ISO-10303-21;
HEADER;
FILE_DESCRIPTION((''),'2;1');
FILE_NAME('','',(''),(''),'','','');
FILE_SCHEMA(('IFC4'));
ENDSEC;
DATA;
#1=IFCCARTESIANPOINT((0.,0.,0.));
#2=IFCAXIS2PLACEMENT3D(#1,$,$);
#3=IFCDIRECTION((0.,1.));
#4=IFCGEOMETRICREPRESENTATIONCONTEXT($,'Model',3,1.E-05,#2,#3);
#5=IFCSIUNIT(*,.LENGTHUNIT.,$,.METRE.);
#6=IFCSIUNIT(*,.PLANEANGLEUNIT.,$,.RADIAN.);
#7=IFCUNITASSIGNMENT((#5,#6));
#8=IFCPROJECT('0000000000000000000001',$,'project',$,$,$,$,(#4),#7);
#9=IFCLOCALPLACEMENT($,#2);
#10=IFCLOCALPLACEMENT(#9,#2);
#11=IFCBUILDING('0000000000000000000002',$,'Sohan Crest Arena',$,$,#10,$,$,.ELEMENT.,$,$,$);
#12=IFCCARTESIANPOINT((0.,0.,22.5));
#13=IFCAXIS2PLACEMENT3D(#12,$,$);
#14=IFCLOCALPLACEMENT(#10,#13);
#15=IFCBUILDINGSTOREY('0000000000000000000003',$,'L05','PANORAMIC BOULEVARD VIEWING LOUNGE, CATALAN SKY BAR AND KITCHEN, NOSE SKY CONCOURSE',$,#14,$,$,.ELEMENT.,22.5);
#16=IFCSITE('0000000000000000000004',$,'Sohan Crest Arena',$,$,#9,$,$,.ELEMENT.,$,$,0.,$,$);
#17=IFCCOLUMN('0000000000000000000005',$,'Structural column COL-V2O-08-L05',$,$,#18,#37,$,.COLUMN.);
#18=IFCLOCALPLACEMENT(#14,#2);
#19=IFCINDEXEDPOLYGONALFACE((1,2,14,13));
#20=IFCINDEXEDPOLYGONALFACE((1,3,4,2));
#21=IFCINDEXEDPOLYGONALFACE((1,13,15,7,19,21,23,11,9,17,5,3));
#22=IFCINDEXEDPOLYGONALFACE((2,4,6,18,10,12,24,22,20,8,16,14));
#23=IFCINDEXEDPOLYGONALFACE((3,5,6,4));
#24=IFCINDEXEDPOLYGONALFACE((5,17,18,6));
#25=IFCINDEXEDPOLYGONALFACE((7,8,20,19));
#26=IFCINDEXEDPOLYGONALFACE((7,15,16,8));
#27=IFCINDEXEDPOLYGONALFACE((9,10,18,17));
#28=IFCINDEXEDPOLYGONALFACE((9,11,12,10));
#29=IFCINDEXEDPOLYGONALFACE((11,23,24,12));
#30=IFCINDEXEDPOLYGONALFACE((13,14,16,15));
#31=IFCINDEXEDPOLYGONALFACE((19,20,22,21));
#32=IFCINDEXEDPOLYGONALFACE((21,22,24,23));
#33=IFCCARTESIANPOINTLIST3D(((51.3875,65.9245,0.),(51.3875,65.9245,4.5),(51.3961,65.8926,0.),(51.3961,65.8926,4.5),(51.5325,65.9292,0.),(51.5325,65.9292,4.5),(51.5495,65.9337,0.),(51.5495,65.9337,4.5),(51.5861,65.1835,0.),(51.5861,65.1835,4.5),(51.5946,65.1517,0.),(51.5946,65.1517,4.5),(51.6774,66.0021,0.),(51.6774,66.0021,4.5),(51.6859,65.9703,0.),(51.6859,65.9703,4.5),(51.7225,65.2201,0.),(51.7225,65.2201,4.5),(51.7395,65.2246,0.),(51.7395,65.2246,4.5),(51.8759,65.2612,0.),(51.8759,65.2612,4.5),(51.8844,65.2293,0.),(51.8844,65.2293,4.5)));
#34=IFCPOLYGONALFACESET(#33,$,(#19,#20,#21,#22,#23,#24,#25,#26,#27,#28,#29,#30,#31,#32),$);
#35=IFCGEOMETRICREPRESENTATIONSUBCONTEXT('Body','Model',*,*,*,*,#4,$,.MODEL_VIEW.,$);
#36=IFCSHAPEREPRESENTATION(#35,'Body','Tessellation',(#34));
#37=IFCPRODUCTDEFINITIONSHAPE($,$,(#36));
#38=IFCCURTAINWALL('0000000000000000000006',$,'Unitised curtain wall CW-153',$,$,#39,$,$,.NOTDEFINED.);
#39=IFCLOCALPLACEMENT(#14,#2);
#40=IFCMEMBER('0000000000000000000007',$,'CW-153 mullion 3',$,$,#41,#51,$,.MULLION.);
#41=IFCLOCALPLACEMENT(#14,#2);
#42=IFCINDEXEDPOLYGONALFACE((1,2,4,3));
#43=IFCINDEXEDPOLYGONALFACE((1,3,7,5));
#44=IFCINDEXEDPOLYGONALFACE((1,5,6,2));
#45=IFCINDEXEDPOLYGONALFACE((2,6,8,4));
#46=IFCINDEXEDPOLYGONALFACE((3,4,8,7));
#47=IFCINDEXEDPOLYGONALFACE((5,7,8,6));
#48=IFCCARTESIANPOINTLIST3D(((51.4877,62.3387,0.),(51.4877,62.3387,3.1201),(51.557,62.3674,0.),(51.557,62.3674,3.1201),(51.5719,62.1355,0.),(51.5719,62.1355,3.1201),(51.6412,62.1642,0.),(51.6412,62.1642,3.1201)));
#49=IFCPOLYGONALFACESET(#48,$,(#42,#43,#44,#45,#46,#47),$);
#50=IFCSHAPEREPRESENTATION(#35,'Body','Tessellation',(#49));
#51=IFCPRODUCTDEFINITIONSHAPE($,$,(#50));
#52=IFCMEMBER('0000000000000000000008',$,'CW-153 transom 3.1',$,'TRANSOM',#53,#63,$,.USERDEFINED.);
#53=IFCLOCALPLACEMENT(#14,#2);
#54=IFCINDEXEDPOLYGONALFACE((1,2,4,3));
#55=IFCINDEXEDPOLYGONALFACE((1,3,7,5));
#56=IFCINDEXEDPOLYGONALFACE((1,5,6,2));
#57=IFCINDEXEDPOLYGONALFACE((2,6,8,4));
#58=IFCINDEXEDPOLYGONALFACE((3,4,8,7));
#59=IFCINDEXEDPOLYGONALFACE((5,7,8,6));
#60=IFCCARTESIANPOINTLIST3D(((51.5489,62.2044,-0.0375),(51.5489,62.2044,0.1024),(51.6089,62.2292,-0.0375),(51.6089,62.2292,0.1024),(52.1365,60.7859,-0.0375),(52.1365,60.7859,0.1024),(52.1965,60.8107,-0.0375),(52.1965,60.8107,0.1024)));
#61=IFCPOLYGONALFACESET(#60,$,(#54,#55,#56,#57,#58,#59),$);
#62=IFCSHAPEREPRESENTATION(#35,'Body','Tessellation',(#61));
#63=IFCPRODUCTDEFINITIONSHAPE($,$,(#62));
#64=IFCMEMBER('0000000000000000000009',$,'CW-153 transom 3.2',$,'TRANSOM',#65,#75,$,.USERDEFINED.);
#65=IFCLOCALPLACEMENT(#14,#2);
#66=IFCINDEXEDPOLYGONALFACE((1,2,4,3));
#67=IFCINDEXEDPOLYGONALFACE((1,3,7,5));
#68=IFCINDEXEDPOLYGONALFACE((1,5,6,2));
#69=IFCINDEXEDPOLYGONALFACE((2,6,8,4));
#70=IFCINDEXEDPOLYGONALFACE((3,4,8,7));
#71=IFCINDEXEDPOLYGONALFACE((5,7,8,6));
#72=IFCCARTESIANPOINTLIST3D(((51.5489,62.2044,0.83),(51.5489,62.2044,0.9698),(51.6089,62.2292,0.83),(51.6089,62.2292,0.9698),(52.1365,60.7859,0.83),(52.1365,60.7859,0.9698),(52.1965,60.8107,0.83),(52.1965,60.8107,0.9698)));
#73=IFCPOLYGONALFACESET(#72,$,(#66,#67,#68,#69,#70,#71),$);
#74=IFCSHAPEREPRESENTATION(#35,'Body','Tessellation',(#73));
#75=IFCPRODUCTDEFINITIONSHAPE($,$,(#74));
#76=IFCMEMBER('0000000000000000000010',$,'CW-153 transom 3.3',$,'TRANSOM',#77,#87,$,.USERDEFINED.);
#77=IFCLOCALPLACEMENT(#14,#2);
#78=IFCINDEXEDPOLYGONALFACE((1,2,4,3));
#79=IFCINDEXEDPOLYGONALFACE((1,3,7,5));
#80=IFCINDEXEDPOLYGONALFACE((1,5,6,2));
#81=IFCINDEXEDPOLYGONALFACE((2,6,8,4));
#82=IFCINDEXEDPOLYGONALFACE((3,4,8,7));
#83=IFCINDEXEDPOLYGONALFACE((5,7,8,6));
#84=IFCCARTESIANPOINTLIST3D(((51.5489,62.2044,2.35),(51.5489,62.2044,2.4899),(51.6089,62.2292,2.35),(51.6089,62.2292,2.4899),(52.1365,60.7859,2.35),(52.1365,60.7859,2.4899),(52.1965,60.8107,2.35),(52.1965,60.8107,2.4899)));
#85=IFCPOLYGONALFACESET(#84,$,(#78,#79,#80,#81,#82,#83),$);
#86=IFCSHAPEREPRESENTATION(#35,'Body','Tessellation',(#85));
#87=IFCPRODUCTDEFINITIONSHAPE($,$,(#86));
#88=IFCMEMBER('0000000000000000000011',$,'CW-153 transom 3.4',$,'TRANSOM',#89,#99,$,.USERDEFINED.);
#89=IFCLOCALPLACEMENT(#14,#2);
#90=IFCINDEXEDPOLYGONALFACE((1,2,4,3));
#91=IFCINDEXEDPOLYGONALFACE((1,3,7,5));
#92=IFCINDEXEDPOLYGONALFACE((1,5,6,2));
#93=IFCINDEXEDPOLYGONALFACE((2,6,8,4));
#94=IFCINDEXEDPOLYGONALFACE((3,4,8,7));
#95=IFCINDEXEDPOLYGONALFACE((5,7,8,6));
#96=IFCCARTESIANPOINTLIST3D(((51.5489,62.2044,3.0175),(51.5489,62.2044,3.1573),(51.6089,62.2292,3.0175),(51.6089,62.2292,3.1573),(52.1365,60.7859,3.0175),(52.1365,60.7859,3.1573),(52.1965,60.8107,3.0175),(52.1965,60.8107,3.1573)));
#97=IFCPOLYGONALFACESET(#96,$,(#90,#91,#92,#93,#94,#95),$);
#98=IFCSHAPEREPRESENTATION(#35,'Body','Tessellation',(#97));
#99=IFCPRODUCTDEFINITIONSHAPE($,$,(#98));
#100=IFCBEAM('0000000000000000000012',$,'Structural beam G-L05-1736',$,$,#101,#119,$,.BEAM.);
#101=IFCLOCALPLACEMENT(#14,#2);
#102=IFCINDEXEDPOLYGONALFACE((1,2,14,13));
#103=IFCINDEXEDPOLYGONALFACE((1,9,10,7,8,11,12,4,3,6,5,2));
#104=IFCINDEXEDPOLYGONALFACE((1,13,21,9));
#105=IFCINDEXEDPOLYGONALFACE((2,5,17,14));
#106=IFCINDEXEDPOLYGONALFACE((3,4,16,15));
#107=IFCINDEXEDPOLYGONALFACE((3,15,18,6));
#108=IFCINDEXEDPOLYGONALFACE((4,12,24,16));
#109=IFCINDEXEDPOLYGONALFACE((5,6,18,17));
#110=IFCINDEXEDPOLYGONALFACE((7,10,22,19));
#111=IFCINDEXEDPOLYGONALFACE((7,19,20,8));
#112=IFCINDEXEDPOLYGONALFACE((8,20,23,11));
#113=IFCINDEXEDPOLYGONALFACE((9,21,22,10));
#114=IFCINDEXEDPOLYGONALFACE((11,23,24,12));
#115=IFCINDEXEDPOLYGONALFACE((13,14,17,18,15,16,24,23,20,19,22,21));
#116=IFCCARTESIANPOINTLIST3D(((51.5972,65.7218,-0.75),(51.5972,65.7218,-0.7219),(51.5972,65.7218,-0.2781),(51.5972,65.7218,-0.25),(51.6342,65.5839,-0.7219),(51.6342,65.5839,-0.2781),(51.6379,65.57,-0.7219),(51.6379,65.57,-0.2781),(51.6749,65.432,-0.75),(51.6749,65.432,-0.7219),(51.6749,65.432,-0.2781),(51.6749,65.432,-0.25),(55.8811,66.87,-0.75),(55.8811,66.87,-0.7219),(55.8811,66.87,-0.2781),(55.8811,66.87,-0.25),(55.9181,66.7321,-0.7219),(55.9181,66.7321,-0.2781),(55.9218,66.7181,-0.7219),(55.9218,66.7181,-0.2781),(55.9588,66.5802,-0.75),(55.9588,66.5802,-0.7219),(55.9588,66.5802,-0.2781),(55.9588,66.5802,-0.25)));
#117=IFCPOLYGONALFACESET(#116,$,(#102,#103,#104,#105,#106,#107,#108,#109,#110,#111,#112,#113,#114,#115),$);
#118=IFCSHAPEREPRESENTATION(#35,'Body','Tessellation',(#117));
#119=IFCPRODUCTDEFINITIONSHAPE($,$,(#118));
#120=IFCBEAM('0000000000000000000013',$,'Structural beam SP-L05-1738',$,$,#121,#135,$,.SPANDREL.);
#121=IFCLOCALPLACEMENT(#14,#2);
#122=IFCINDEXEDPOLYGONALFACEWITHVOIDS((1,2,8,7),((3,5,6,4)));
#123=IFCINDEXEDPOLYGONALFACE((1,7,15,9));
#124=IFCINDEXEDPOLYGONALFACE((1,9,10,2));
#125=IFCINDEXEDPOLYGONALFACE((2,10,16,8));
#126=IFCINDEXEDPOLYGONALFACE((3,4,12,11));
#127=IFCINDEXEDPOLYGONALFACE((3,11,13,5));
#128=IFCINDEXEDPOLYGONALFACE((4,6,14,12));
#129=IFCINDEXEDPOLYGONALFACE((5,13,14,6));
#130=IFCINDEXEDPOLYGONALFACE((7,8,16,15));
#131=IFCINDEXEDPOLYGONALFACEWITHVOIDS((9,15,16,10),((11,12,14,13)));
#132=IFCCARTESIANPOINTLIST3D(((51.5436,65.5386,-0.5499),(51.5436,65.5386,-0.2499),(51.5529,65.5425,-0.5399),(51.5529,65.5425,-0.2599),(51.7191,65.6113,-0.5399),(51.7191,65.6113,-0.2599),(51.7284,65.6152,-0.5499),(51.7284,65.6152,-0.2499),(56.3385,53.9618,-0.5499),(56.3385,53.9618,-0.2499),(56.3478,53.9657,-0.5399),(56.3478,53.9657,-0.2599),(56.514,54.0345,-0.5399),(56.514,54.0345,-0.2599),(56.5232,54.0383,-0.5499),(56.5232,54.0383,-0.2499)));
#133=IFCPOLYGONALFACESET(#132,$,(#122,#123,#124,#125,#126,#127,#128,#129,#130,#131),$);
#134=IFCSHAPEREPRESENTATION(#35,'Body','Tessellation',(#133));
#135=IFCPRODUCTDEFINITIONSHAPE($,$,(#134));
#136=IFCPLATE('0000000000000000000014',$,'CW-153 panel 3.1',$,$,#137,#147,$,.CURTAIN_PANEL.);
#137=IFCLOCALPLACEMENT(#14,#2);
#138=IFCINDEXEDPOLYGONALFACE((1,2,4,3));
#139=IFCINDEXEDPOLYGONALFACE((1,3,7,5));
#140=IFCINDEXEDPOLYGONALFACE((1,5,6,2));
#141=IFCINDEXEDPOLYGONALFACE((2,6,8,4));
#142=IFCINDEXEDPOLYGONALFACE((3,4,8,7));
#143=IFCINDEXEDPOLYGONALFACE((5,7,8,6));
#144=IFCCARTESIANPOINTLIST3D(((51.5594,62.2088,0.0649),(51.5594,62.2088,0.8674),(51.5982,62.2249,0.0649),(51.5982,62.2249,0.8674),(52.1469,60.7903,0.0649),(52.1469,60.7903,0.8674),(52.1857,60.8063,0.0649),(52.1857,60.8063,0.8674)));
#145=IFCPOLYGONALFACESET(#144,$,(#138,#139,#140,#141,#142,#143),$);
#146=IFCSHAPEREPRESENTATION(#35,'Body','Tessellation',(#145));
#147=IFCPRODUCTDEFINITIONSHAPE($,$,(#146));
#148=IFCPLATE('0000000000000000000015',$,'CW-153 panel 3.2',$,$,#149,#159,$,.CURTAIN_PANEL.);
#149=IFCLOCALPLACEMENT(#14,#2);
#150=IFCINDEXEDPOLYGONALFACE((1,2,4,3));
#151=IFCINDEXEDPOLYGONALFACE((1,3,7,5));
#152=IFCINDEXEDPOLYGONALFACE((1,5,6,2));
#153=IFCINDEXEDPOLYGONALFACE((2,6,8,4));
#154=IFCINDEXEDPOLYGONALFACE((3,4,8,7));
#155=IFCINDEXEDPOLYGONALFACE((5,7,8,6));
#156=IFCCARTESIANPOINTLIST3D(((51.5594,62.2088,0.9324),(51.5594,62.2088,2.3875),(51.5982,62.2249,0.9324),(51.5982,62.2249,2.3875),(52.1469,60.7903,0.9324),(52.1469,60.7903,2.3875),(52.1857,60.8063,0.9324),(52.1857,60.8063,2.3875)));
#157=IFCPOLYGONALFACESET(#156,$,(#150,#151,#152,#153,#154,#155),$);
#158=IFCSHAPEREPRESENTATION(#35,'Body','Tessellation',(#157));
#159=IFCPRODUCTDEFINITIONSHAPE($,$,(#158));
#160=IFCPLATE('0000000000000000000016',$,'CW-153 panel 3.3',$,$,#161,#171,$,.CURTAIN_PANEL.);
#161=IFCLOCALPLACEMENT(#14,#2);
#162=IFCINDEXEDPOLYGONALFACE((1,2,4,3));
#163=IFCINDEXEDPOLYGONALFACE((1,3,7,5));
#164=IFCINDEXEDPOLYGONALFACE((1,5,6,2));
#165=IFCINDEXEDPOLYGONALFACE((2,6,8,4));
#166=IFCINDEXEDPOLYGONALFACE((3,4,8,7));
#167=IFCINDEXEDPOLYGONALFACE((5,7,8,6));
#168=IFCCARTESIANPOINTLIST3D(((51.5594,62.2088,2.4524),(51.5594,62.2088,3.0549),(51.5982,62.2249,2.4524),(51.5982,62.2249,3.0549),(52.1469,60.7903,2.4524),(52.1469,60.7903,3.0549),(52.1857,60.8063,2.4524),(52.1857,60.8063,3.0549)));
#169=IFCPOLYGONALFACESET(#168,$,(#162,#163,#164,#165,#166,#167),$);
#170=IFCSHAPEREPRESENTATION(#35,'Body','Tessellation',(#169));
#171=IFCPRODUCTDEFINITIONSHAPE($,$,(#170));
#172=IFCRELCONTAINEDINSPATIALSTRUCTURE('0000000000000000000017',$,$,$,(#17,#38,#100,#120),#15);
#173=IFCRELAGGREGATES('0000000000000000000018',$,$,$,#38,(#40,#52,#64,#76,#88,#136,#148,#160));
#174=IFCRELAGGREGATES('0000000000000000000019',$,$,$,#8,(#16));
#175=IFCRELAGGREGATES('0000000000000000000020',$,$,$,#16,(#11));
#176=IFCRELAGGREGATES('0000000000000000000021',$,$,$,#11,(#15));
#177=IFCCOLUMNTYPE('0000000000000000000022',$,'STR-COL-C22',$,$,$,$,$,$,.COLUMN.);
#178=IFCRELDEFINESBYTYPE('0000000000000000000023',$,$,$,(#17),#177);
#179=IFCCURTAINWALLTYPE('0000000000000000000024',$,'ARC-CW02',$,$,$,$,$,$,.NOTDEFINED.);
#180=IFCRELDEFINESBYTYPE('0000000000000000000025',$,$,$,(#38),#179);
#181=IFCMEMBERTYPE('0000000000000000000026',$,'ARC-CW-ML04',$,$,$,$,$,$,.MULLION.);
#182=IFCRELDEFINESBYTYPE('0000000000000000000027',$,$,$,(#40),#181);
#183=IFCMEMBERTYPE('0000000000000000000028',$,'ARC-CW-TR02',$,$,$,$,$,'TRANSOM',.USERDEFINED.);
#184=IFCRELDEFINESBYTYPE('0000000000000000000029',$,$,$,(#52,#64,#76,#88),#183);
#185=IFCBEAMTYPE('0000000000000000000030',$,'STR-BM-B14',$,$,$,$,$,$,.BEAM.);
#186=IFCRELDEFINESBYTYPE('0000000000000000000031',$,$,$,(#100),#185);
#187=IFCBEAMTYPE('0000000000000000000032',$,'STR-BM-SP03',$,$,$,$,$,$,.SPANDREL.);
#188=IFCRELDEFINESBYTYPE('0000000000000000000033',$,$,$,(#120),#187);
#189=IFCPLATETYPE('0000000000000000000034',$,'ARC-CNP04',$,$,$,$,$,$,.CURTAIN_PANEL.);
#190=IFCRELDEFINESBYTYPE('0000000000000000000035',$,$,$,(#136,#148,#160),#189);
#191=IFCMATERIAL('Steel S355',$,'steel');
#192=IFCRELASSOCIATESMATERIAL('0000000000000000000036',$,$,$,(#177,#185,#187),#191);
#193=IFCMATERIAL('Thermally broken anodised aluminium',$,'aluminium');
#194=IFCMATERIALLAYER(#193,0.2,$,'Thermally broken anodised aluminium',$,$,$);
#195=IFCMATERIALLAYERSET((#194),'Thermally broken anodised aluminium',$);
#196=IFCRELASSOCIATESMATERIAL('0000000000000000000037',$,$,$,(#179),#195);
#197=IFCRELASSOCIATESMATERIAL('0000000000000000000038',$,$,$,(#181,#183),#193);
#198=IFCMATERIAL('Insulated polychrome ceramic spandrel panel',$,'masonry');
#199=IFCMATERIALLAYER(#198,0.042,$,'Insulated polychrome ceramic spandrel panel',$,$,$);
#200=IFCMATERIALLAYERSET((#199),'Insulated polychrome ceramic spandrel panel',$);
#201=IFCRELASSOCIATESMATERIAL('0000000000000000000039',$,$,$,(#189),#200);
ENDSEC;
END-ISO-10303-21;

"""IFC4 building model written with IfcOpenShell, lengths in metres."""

from ifc_helpers import new_model, si_unit, direction, frame, origin, origin_2d, place, context, subcontext, project, spatial, rectangle, hollow_rectangle, i_section, extrude, material, layer, layer_set, material_profile, profile_set, type_object, element, aggregate, save


model = new_model("IFC4")

# Units and contexts
model_context = context("Model", 3, precision=1e-05, world=origin(), true_north=direction((0.0, 1.0)))
body_context = subcontext(model_context, "Body", "Model", "MODEL_VIEW")
ifc_project = project(units=[si_unit("LENGTHUNIT", "METRE"), si_unit("PLANEANGLEUNIT", "RADIAN")], contexts=[model_context])

# Site, building, storey
site_placement = place(None, origin())
site = spatial("IfcSite", under=ifc_project, at=site_placement, Name="Sohan Crest Arena", CompositionType="ELEMENT", RefElevation=0.0)
building_placement = place(site_placement, origin())
building = spatial("IfcBuilding", under=site, at=building_placement, Name="Sohan Crest Arena", CompositionType="ELEMENT")
storey_placement = place(building_placement, frame((0.0, 0.0, 22.5)))
storey = spatial("IfcBuildingStorey", under=building, at=storey_placement, Name="L05", Description="PANORAMIC BOULEVARD VIEWING LOUNGE, CATALAN SKY BAR AND KITCHEN, NOSE SKY CONCOURSE", CompositionType="ELEMENT", Elevation=22.5)

# Column
ifc_material_1 = material(Name="Steel S355", Category="steel")
ifc_material_profile_1 = material_profile(ifc_material_1, i_section(OverallWidth=0.3, OverallDepth=0.8, WebThickness=0.0176, FlangeThickness=0.033, at=origin_2d()), Name="HEB 800")
ifc_profile_set_1 = profile_set([ifc_material_profile_1], Name="Steel S355")
column_type = type_object("IfcColumnType", Name="STR-COL-C22", PredefinedType="COLUMN", material=ifc_profile_set_1)
column_placement = place(storey_placement, frame((51.636, 65.5769, 0.0), z_axis=(0.0, 0.0, 1.0), x_axis=(0.965926, 0.258819, 0.0)))
element("IfcColumn", 1, at=column_placement, inside=storey, type_object=column_type, Name="Structural column COL-V2O-08-L05", PredefinedType="COLUMN", context=body_context, shape_type="SweptSolid", body=[
    extrude(i_section(OverallWidth=0.3, OverallDepth=0.8, WebThickness=0.0176, FlangeThickness=0.033, at=origin_2d()), origin(), (0.0, 0.0, 1.0), 4.5),
])

# Curtain wall, members
ifc_material_2 = material(Name="Thermally broken anodised aluminium", Category="aluminium")
ifc_layer_1 = layer(ifc_material_2, 0.2, Name="Thermally broken anodised aluminium")
ifc_layer_set_1 = layer_set([ifc_layer_1], Name="Thermally broken anodised aluminium")
curtain_wall_type = type_object("IfcCurtainWallType", Name="ARC-CW02", PredefinedType="NOTDEFINED", material=ifc_layer_set_1)
curtain_wall_placement = place(storey_placement, origin())
curtain_wall = element("IfcCurtainWall", 2, at=curtain_wall_placement, inside=storey, type_object=curtain_wall_type, Name="Unitised curtain wall CW-153", PredefinedType="NOTDEFINED")
ifc_material_profile_2 = material_profile(ifc_material_2, rectangle(XDim=0.075, YDim=0.22, at=origin_2d()), Name="ALU-MULL 75x220")
ifc_profile_set_2 = profile_set([ifc_material_profile_2], Name="Thermally broken anodised aluminium")
member_type_1 = type_object("IfcMemberType", Name="ARC-CW-ML04", PredefinedType="MULLION", material=ifc_profile_set_2)
member_1_placement = place(storey_placement, frame((51.5645, 62.2515, 0.0), z_axis=(0.0, 0.0, 1.0), x_axis=(0.923879, 0.382685, 0.0)))
member_1 = element("IfcMember", 3, at=member_1_placement, type_object=member_type_1, Name="CW-153 mullion 3", PredefinedType="MULLION", context=body_context, shape_type="SweptSolid", body=[
    extrude(rectangle(XDim=0.075, YDim=0.22, at=origin_2d()), origin(), (0.0, 0.0, 1.0), 3.1201),
])
ifc_material_profile_3 = material_profile(ifc_material_2, rectangle(XDim=0.0649, YDim=0.1399, at=origin_2d()), Name="ALU-TRAN 65x140")
ifc_profile_set_3 = profile_set([ifc_material_profile_3], Name="Thermally broken anodised aluminium")
member_type_2 = type_object("IfcMemberType", Name="ARC-CW-TR02", ElementType="TRANSOM", PredefinedType="USERDEFINED", material=ifc_profile_set_3)
member_2_placement = place(storey_placement, frame((51.5789, 62.2168, 0.0325), z_axis=(0.38274, -0.923856, 0.0), x_axis=(0.923856, 0.38274, 0.0)))
member_2 = element("IfcMember", 4, at=member_2_placement, type_object=member_type_2, Name="CW-153 transom 3.1", ObjectType="TRANSOM", PredefinedType="USERDEFINED", context=body_context, shape_type="SweptSolid", body=[
    extrude(rectangle(XDim=0.0649, YDim=0.1399, at=origin_2d()), origin(), (0.0, 0.0, 1.0), 1.5354),
])
member_3_placement = place(storey_placement, frame((51.5789, 62.2168, 0.8999), z_axis=(0.38274, -0.923856, 0.0), x_axis=(0.923856, 0.38274, 0.0)))
member_3 = element("IfcMember", 5, at=member_3_placement, type_object=member_type_2, Name="CW-153 transom 3.2", ObjectType="TRANSOM", PredefinedType="USERDEFINED", context=body_context, shape_type="SweptSolid", body=[
    extrude(rectangle(XDim=0.0649, YDim=0.1399, at=origin_2d()), origin(), (0.0, 0.0, 1.0), 1.5354),
])
member_4_placement = place(storey_placement, frame((51.5789, 62.2168, 2.4199), z_axis=(0.38274, -0.923856, 0.0), x_axis=(0.923856, 0.38274, 0.0)))
member_4 = element("IfcMember", 6, at=member_4_placement, type_object=member_type_2, Name="CW-153 transom 3.3", ObjectType="TRANSOM", PredefinedType="USERDEFINED", context=body_context, shape_type="SweptSolid", body=[
    extrude(rectangle(XDim=0.0649, YDim=0.1399, at=origin_2d()), origin(), (0.0, 0.0, 1.0), 1.5354),
])
member_5_placement = place(storey_placement, frame((51.5789, 62.2168, 3.0874), z_axis=(0.38274, -0.923856, 0.0), x_axis=(0.923856, 0.38274, 0.0)))
member_5 = element("IfcMember", 7, at=member_5_placement, type_object=member_type_2, Name="CW-153 transom 3.4", ObjectType="TRANSOM", PredefinedType="USERDEFINED", context=body_context, shape_type="SweptSolid", body=[
    extrude(rectangle(XDim=0.0649, YDim=0.1399, at=origin_2d()), origin(), (0.0, 0.0, 1.0), 1.5354),
])

# Beams
ifc_material_profile_4 = material_profile(ifc_material_1, i_section(OverallWidth=0.3, OverallDepth=0.5, WebThickness=0.0144, FlangeThickness=0.0281, at=origin_2d()), Name="HEB 500")
ifc_profile_set_4 = profile_set([ifc_material_profile_4], Name="Steel S355")
beam_type_1 = type_object("IfcBeamType", Name="STR-BM-B14", PredefinedType="BEAM", material=ifc_profile_set_4)
beam_1_placement = place(storey_placement, frame((55.9199, 66.7251, -0.5), z_axis=(-0.965908, -0.258886, 0.0), x_axis=(0.258886, -0.965908, 0.0)))
element("IfcBeam", 8, at=beam_1_placement, inside=storey, type_object=beam_type_1, Name="Structural beam G-L05-1736", PredefinedType="BEAM", context=body_context, shape_type="SweptSolid", body=[
    extrude(i_section(OverallWidth=0.3, OverallDepth=0.5, WebThickness=0.0144, FlangeThickness=0.0281, at=origin_2d()), origin(), (0.0, 0.0, 1.0), 4.4351),
])
ifc_material_profile_5 = material_profile(ifc_material_1, hollow_rectangle(XDim=0.2, YDim=0.3, WallThickness=0.01, at=origin_2d()), Name="RHS 300x200x10")
ifc_profile_set_5 = profile_set([ifc_material_profile_5], Name="Steel S355")
beam_type_2 = type_object("IfcBeamType", Name="STR-BM-SP03", PredefinedType="SPANDREL", material=ifc_profile_set_5)
beam_2_placement = place(storey_placement, frame((51.636, 65.5769, -0.3999), z_axis=(0.382657, -0.923891, 0.0), x_axis=(0.923891, 0.382657, 0.0)))
element("IfcBeam", 9, at=beam_2_placement, inside=storey, type_object=beam_type_2, Name="Structural beam SP-L05-1738", PredefinedType="SPANDREL", context=body_context, shape_type="SweptSolid", body=[
    extrude(hollow_rectangle(XDim=0.2, YDim=0.3, WallThickness=0.01, at=origin_2d()), origin(), (0.0, 0.0, 1.0), 12.5305),
])

# Plates
ifc_material_3 = material(Name="Insulated polychrome ceramic spandrel panel", Category="masonry")
ifc_layer_2 = layer(ifc_material_3, 0.042, Name="Insulated polychrome ceramic spandrel panel")
ifc_layer_set_2 = layer_set([ifc_layer_2], Name="Insulated polychrome ceramic spandrel panel")
plate_type = type_object("IfcPlateType", Name="ARC-CNP04", PredefinedType="CURTAIN_PANEL", material=ifc_layer_set_2)
plate_1_placement = place(storey_placement, frame((51.8726, 61.5076, 0.0649), z_axis=(0.0, 0.0, 1.0), x_axis=(0.382685, -0.923879, 0.0)))
plate_1 = element("IfcPlate", 10, at=plate_1_placement, type_object=plate_type, Name="CW-153 panel 3.1", PredefinedType="CURTAIN_PANEL", context=body_context, shape_type="SweptSolid", body=[
    extrude(rectangle(XDim=1.5354, YDim=0.042, at=origin_2d()), origin(), (0.0, 0.0, 1.0), 0.8025),
])
plate_2_placement = place(storey_placement, frame((51.8726, 61.5076, 0.9324), z_axis=(0.0, 0.0, 1.0), x_axis=(0.382685, -0.923879, 0.0)))
plate_2 = element("IfcPlate", 11, at=plate_2_placement, type_object=plate_type, Name="CW-153 panel 3.2", PredefinedType="CURTAIN_PANEL", context=body_context, shape_type="SweptSolid", body=[
    extrude(rectangle(XDim=1.5354, YDim=0.042, at=origin_2d()), origin(), (0.0, 0.0, 1.0), 1.4551),
])
plate_3_placement = place(storey_placement, frame((51.8726, 61.5076, 2.4524), z_axis=(0.0, 0.0, 1.0), x_axis=(0.382685, -0.923879, 0.0)))
plate_3 = element("IfcPlate", 12, at=plate_3_placement, type_object=plate_type, Name="CW-153 panel 3.3", PredefinedType="CURTAIN_PANEL", context=body_context, shape_type="SweptSolid", body=[
    extrude(rectangle(XDim=1.5354, YDim=0.042, at=origin_2d()), origin(), (0.0, 0.0, 1.0), 0.6025),
])
aggregate(curtain_wall, [member_1, member_2, member_3, member_4, member_5, plate_1, plate_2, plate_3])

save(model, "model.ifc")
